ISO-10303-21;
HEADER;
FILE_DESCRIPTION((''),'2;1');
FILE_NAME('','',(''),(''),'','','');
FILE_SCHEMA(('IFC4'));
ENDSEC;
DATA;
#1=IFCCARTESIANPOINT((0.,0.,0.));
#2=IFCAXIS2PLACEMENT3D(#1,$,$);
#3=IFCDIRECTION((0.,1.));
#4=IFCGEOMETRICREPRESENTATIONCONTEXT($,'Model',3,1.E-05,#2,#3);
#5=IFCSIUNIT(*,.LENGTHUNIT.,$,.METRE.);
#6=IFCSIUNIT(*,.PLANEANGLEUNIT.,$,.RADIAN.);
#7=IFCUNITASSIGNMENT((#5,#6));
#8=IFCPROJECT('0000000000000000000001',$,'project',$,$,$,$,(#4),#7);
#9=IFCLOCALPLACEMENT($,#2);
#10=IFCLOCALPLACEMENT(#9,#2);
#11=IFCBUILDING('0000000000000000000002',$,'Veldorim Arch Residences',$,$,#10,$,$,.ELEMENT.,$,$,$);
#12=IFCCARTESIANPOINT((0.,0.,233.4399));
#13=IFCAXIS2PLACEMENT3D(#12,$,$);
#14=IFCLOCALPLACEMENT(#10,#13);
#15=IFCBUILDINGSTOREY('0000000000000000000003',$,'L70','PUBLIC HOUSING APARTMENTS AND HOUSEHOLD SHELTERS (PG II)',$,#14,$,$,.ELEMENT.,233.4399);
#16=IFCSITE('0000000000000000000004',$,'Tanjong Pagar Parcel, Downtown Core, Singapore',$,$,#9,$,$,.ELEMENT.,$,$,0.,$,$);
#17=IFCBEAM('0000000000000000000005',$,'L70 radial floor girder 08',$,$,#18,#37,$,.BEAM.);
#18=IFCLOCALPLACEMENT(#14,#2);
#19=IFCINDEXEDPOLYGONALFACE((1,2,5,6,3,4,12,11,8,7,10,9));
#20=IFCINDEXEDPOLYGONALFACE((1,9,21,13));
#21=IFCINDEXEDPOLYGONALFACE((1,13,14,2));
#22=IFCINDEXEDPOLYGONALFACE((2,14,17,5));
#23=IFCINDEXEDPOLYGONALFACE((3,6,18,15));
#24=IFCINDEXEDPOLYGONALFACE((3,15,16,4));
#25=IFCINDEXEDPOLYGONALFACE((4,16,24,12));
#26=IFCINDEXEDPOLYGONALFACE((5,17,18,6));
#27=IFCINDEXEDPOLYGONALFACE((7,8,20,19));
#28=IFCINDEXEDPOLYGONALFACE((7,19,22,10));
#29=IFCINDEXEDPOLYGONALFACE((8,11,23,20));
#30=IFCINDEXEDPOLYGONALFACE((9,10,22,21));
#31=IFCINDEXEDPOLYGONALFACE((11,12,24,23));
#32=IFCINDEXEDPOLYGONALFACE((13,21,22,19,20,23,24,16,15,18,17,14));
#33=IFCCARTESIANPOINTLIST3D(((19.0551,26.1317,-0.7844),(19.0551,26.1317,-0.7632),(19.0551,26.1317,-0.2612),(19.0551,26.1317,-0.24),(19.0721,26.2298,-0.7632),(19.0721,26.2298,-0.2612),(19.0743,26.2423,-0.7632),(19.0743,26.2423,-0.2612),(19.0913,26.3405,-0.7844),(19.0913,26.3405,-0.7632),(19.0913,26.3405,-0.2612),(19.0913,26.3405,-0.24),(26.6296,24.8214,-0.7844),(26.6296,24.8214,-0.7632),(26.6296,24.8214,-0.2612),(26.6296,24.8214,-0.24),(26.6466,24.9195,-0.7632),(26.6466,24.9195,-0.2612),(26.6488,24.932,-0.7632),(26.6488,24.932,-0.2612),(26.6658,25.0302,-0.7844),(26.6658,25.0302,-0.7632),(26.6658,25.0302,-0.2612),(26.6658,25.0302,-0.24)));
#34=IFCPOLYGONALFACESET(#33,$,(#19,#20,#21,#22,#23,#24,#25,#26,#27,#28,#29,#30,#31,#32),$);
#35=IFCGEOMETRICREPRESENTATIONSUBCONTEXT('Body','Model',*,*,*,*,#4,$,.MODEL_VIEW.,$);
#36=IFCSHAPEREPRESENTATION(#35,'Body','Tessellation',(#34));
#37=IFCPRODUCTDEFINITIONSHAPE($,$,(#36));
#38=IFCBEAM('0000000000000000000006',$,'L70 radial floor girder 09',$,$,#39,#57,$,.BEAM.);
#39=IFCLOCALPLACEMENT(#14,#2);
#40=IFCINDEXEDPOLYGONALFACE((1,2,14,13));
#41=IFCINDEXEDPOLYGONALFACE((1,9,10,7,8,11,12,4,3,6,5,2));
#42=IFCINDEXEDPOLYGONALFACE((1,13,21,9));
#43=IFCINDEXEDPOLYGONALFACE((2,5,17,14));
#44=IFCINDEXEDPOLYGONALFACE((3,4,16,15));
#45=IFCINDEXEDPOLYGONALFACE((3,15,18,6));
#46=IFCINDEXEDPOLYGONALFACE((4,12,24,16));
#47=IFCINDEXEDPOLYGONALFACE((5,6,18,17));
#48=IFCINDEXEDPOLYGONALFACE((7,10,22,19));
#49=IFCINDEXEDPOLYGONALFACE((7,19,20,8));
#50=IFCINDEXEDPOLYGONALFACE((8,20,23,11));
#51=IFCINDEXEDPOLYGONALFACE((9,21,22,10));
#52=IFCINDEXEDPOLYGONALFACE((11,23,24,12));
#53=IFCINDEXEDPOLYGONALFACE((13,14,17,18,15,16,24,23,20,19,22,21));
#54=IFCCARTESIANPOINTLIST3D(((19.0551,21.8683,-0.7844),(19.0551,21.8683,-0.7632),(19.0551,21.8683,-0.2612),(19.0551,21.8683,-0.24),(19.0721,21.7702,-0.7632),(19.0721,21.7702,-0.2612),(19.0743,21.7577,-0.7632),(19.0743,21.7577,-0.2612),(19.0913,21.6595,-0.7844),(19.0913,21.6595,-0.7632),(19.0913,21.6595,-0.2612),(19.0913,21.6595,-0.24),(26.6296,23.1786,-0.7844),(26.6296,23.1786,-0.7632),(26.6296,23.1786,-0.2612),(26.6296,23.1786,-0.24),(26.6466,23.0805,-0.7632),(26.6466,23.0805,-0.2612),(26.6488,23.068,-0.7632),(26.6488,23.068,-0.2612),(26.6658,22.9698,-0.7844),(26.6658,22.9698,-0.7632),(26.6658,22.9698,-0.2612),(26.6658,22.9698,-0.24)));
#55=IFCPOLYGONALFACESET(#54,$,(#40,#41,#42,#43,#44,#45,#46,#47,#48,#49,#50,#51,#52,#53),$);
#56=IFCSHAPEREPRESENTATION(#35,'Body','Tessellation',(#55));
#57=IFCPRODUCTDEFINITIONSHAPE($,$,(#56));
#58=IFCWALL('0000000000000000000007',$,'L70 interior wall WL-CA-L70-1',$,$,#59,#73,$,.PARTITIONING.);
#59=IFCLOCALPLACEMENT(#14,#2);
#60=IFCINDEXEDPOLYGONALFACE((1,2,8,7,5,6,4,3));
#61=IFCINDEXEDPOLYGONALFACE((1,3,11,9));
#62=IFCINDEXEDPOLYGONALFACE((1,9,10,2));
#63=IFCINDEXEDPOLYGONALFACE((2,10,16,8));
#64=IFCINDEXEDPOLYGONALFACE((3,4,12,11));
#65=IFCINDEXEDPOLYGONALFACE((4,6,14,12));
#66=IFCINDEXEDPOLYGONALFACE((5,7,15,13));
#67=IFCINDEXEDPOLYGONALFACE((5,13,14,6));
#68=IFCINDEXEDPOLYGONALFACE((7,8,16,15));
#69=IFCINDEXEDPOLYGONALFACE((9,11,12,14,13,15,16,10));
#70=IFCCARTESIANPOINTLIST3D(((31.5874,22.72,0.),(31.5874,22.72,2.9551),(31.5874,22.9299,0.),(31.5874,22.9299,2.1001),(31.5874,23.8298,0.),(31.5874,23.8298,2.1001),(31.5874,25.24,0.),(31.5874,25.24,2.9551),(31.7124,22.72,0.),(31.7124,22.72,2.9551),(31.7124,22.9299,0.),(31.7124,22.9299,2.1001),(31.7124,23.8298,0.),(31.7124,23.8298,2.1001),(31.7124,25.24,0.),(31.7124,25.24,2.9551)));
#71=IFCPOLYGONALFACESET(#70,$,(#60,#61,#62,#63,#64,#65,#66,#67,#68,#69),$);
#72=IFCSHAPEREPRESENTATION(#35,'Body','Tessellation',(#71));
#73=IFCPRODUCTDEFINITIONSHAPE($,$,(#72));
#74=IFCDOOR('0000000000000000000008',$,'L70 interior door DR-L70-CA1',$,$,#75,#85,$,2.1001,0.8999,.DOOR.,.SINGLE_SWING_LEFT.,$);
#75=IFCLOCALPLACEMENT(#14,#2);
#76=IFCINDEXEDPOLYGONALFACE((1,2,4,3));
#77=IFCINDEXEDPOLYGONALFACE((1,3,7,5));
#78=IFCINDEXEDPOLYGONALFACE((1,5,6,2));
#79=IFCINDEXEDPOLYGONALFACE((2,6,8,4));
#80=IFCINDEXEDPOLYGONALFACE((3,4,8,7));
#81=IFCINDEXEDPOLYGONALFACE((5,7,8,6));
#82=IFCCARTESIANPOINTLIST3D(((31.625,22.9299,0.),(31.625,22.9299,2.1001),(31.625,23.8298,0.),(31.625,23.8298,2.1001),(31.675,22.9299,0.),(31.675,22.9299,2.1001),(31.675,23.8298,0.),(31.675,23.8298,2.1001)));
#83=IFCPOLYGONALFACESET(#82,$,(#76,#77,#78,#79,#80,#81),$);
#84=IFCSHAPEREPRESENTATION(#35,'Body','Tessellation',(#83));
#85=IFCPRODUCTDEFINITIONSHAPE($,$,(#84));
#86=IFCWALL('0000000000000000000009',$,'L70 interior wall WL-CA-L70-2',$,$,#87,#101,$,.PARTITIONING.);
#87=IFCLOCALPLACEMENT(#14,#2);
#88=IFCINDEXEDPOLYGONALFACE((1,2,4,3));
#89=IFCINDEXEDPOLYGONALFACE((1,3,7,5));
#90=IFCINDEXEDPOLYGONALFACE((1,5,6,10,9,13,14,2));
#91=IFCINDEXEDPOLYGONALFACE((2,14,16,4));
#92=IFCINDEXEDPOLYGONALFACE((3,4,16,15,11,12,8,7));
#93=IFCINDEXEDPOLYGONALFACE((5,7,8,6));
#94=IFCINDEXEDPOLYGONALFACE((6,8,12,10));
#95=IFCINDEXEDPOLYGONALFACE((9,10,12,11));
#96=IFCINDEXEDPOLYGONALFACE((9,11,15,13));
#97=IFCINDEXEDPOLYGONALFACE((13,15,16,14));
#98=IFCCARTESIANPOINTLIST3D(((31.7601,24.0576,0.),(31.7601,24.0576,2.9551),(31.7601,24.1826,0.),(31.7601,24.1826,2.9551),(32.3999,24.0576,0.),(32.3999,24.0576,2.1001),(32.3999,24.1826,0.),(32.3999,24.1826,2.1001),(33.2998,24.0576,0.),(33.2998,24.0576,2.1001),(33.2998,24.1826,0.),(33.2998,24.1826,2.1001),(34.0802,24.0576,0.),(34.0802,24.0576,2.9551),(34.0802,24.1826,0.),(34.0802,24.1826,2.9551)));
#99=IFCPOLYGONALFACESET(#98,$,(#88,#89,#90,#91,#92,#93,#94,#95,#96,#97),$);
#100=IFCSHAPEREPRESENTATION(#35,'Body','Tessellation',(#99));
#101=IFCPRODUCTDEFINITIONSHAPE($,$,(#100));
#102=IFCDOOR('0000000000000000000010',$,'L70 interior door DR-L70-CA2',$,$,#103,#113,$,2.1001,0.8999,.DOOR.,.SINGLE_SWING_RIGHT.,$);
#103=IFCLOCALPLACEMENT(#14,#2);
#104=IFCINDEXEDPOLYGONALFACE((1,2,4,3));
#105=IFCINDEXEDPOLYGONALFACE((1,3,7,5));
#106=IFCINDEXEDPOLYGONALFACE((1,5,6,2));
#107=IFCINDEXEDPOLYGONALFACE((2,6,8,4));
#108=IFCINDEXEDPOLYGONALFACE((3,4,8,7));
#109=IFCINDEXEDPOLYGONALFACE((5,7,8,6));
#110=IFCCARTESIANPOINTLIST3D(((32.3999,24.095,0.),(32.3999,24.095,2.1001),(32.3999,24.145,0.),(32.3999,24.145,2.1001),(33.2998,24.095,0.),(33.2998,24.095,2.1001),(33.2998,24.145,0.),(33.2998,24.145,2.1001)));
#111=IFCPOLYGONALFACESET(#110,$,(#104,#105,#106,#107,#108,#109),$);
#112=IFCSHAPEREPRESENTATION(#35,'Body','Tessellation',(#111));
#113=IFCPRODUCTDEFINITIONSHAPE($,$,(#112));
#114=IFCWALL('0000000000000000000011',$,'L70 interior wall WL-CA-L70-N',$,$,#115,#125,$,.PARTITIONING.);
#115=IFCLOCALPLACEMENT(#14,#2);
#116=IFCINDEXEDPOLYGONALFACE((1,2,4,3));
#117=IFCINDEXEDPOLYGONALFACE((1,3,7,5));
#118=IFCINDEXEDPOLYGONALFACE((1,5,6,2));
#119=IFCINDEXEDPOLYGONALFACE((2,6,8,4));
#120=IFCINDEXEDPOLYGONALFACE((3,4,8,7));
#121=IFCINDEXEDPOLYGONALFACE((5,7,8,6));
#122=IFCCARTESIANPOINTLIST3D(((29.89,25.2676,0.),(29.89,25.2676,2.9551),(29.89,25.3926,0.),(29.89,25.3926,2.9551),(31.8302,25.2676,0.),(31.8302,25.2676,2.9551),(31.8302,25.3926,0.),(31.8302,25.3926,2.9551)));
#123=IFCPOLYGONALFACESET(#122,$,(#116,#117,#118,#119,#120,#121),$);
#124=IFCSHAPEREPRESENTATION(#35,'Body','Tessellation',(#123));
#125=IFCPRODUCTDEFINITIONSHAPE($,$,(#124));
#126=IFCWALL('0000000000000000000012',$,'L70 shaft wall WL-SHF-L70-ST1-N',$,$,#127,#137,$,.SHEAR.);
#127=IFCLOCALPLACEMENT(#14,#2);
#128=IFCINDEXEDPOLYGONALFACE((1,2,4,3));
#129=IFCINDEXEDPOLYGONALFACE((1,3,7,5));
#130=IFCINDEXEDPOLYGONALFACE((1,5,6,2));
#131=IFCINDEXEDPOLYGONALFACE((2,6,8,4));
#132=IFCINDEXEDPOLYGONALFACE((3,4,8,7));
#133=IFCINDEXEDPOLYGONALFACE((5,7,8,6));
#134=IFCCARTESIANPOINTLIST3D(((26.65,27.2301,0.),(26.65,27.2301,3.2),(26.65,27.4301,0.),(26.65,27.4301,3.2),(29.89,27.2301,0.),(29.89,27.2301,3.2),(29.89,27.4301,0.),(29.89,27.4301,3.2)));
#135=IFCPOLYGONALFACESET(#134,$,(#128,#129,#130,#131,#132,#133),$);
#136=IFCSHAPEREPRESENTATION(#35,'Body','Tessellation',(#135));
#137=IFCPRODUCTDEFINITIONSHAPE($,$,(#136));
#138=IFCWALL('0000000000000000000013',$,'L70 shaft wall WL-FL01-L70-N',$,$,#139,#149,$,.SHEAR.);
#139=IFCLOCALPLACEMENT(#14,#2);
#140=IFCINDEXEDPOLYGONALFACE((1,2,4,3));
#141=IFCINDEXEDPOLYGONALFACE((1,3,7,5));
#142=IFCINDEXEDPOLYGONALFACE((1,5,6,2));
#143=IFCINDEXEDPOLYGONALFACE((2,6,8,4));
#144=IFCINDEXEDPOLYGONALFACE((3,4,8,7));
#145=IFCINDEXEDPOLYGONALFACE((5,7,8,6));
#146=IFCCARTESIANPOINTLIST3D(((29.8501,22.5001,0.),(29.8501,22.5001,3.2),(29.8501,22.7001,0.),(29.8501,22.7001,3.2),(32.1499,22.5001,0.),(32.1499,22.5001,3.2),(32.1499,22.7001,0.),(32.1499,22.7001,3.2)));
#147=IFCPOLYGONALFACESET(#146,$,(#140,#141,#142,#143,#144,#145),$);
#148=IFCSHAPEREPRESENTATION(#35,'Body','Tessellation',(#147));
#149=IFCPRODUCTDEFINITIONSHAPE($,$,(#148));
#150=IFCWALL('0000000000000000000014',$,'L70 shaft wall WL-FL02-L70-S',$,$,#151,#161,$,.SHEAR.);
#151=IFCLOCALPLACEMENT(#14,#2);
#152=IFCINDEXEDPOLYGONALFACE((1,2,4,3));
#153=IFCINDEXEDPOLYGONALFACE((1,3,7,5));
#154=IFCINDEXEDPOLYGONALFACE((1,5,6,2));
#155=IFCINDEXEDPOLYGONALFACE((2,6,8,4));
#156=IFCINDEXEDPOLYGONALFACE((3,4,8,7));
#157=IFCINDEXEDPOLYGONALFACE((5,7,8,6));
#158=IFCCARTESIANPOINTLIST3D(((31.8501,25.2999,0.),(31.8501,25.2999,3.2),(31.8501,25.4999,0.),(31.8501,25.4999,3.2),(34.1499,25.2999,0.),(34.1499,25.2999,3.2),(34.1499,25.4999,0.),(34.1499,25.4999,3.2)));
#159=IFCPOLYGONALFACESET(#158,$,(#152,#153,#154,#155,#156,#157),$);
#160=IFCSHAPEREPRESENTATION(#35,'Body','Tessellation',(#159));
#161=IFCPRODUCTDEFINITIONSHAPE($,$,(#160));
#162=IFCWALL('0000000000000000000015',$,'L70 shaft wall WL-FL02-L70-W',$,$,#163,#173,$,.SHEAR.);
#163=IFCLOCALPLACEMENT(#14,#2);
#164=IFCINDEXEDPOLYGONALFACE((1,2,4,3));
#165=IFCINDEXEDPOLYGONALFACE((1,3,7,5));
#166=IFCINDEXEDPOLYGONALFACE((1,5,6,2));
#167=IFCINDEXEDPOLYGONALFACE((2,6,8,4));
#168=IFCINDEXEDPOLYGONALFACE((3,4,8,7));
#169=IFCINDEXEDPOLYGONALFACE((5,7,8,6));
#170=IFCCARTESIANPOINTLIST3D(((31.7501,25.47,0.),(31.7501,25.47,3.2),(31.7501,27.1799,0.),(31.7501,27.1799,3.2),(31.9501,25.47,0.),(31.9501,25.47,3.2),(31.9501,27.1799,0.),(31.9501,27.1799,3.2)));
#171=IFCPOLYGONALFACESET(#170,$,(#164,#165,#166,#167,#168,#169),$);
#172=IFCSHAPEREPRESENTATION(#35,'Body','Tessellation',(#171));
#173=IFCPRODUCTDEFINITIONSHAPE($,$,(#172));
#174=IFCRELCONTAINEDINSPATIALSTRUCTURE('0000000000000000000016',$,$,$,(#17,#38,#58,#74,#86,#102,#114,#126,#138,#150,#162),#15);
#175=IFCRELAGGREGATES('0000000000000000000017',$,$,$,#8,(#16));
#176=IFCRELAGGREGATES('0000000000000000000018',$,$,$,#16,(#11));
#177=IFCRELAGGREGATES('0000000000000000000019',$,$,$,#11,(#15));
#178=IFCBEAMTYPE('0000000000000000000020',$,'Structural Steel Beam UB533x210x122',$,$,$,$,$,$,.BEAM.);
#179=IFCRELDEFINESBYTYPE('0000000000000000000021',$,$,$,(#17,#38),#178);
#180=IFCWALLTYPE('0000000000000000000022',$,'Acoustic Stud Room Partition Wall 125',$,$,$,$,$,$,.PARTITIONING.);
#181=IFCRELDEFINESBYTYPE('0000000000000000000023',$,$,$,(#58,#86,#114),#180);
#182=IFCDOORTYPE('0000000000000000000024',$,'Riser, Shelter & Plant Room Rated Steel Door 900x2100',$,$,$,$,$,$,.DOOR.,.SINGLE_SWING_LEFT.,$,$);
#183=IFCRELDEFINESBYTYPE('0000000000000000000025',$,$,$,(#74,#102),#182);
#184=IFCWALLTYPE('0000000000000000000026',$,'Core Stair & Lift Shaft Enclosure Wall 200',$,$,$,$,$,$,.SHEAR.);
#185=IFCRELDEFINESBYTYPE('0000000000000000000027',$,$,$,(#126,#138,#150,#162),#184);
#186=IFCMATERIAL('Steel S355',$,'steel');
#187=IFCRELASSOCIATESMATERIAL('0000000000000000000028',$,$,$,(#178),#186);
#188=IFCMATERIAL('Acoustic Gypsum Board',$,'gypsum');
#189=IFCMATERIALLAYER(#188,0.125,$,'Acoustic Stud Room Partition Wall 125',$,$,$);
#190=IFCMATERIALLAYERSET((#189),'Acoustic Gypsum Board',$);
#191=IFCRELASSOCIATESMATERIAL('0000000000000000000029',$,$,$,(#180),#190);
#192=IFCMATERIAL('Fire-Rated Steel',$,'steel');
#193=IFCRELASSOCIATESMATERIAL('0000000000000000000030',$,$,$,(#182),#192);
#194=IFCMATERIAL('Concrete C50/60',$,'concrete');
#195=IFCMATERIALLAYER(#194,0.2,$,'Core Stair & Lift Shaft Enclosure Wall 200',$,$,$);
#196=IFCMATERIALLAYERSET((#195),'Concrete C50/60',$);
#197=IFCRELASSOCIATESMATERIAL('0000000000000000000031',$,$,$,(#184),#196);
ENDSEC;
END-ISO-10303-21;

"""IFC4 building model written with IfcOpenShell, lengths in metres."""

from ifc_helpers import new_model, si_unit, direction, frame, frame_2d, origin, origin_2d, place, context, subcontext, project, spatial, rectangle, i_section, extrude, material, layer, layer_set, material_profile, profile_set, type_object, element, fill, save


model = new_model("IFC4")

# Units and contexts
model_context = context("Model", 3, precision=1e-05, world=origin(), true_north=direction((0.0, 1.0)))
body_context = subcontext(model_context, "Body", "Model", "MODEL_VIEW")
ifc_project = project(units=[si_unit("LENGTHUNIT", "METRE"), si_unit("PLANEANGLEUNIT", "RADIAN")], contexts=[model_context])

# Site, building, storey
site_placement = place(None, origin())
site = spatial("IfcSite", under=ifc_project, at=site_placement, Name="Tanjong Pagar Parcel, Downtown Core, Singapore", CompositionType="ELEMENT", RefElevation=0.0)
building_placement = place(site_placement, origin())
building = spatial("IfcBuilding", under=site, at=building_placement, Name="Veldorim Arch Residences", CompositionType="ELEMENT")
storey_placement = place(building_placement, frame((0.0, 0.0, 233.4399)))
storey = spatial("IfcBuildingStorey", under=building, at=storey_placement, Name="L70", Description="PUBLIC HOUSING APARTMENTS AND HOUSEHOLD SHELTERS (PG II)", CompositionType="ELEMENT", Elevation=233.4399)

# Beams
ifc_material_1 = material(Name="Steel S355", Category="steel")
ifc_material_profile = material_profile(ifc_material_1, i_section(OverallWidth=0.2119, OverallDepth=0.5444, WebThickness=0.0127, FlangeThickness=0.0212, at=origin_2d()), Name="UB533x210x122")
ifc_profile_set = profile_set([ifc_material_profile], Name="Steel S355")
beam_type = type_object("IfcBeamType", Name="Structural Steel Beam UB533x210x122", PredefinedType="BEAM", material=ifc_profile_set)
for number, where, z_axis, x_axis, name in (
    (1, (26.6477, 24.9258, -0.5122), (-0.985365, 0.170458, 0.0), (-0.170458, -0.985365, 0.0), "L70 radial floor girder 08"),
    (2, (26.6477, 23.0742, -0.5122), (-0.985365, -0.170458, 0.0), (0.170458, -0.985365, 0.0), "L70 radial floor girder 09"),
):
    element("IfcBeam", number, at=place(storey_placement, frame(where, z_axis=z_axis, x_axis=x_axis)), inside=storey, type_object=beam_type, Name=name, PredefinedType="BEAM", context=body_context, shape_type="SweptSolid", body=[
        extrude(i_section(OverallWidth=0.2119, OverallDepth=0.5444, WebThickness=0.0127, FlangeThickness=0.0212, at=origin_2d()), origin(), (0.0, 0.0, 1.0), 7.687),
    ])

# Walls, openings, doors
ifc_material_2 = material(Name="Acoustic Gypsum Board", Category="gypsum")
ifc_layer_1 = layer(ifc_material_2, 0.125, Name="Acoustic Stud Room Partition Wall 125")
ifc_layer_set_1 = layer_set([ifc_layer_1], Name="Acoustic Gypsum Board")
wall_type_1 = type_object("IfcWallType", Name="Acoustic Stud Room Partition Wall 125", PredefinedType="PARTITIONING", material=ifc_layer_set_1)
wall_1_placement = place(storey_placement, frame((31.6499, 22.72, 0.0), z_axis=(0.0, 0.0, 1.0), x_axis=(0.0, 1.0, 0.0)))
wall_1 = element("IfcWall", 3, at=wall_1_placement, inside=storey, type_object=wall_type_1, Name="L70 interior wall WL-CA-L70-1", PredefinedType="PARTITIONING", context=body_context, shape_type="SweptSolid", body=[
    extrude(rectangle(XDim=2.52, YDim=0.125, at=frame_2d((1.26, 0.0))), origin(), (0.0, 0.0, 1.0), 2.9551),
])
opening_1_placement = place(wall_1_placement, frame((0.21, 0.0, 0.0)))
opening_1 = element("IfcOpeningElement", 4, at=opening_1_placement, cuts=wall_1, PredefinedType="OPENING", context=body_context, shape_type="SweptSolid", body=[
    extrude(rectangle(XDim=0.8999, YDim=2.1001, at=frame_2d((0.45, 1.05))), frame((0.0, 0.0725, 0.0), z_axis=(0.0, -1.0, 0.0), x_axis=(1.0, 0.0, 0.0)), (0.0, 0.0, 1.0), 0.145),
])
ifc_material_3 = material(Name="Fire-Rated Steel", Category="steel")
door_type_1 = type_object("IfcDoorType", Name="Riser, Shelter & Plant Room Rated Steel Door 900x2100", OperationType="SINGLE_SWING_LEFT", PredefinedType="DOOR", material=ifc_material_3)
door_1_placement = place(opening_1_placement, origin())
door_1 = element("IfcDoor", 5, at=door_1_placement, inside=storey, type_object=door_type_1, Name="L70 interior door DR-L70-CA1", OperationType="SINGLE_SWING_LEFT", OverallHeight=2.1001, OverallWidth=0.8999, PredefinedType="DOOR", context=body_context, shape_type="SweptSolid", body=[
    extrude(rectangle(XDim=0.8999, YDim=2.1001, at=frame_2d((0.45, 1.05))), frame((0.0, 0.0249, 0.0), z_axis=(0.0, -1.0, 0.0), x_axis=(1.0, 0.0, 0.0)), (0.0, 0.0, 1.0), 0.05),
])
fill(opening_1, door_1)
wall_2_placement = place(storey_placement, frame((31.76, 24.1201, 0.0), z_axis=(0.0, 0.0, 1.0), x_axis=(1.0, 0.0, 0.0)))
wall_2 = element("IfcWall", 6, at=wall_2_placement, inside=storey, type_object=wall_type_1, Name="L70 interior wall WL-CA-L70-2", PredefinedType="PARTITIONING", context=body_context, shape_type="SweptSolid", body=[
    extrude(rectangle(XDim=2.3201, YDim=0.125, at=frame_2d((1.1602, 0.0))), origin(), (0.0, 0.0, 1.0), 2.9551),
])
opening_2_placement = place(wall_2_placement, frame((0.6399, 0.0, 0.0)))
opening_2 = element("IfcOpeningElement", 7, at=opening_2_placement, cuts=wall_2, PredefinedType="OPENING", context=body_context, shape_type="SweptSolid", body=[
    extrude(rectangle(XDim=0.8999, YDim=2.1001, at=frame_2d((0.45, 1.05))), frame((0.0, 0.0725, 0.0), z_axis=(0.0, -1.0, 0.0), x_axis=(1.0, 0.0, 0.0)), (0.0, 0.0, 1.0), 0.145),
])
door_2_placement = place(opening_2_placement, origin())
door_2 = element("IfcDoor", 8, at=door_2_placement, inside=storey, type_object=door_type_1, Name="L70 interior door DR-L70-CA2", OperationType="SINGLE_SWING_RIGHT", OverallHeight=2.1001, OverallWidth=0.8999, PredefinedType="DOOR", context=body_context, shape_type="SweptSolid", body=[
    extrude(rectangle(XDim=0.8999, YDim=2.1001, at=frame_2d((0.45, 1.05))), frame((0.0, 0.0249, 0.0), z_axis=(0.0, -1.0, 0.0), x_axis=(1.0, 0.0, 0.0)), (0.0, 0.0, 1.0), 0.05),
])
fill(opening_2, door_2)

# Walls
wall_3_placement = place(storey_placement, frame((29.8899, 25.3301, 0.0), z_axis=(0.0, 0.0, 1.0), x_axis=(1.0, 0.0, 0.0)))
element("IfcWall", 9, at=wall_3_placement, inside=storey, type_object=wall_type_1, Name="L70 interior wall WL-CA-L70-N", PredefinedType="PARTITIONING", context=body_context, shape_type="SweptSolid", body=[
    extrude(rectangle(XDim=1.9402, YDim=0.125, at=frame_2d((0.9702, 0.0))), origin(), (0.0, 0.0, 1.0), 2.9551),
])
ifc_material_4 = material(Name="Concrete C50/60", Category="concrete")
ifc_layer_2 = layer(ifc_material_4, 0.2, Name="Core Stair & Lift Shaft Enclosure Wall 200")
ifc_layer_set_2 = layer_set([ifc_layer_2], Name="Concrete C50/60")
wall_type_2 = type_object("IfcWallType", Name="Core Stair & Lift Shaft Enclosure Wall 200", PredefinedType="SHEAR", material=ifc_layer_set_2)
wall_4_placement = place(storey_placement, frame((26.6499, 27.3301, 0.0), z_axis=(0.0, 0.0, 1.0), x_axis=(1.0, 0.0, 0.0)))
element("IfcWall", 10, at=wall_4_placement, inside=storey, type_object=wall_type_2, Name="L70 shaft wall WL-SHF-L70-ST1-N", PredefinedType="SHEAR", context=body_context, shape_type="SweptSolid", body=[
    extrude(rectangle(XDim=3.24, YDim=0.2, at=frame_2d((1.6201, 0.0))), origin(), (0.0, 0.0, 1.0), 3.2),
])
wall_5_placement = place(storey_placement, frame((29.8501, 22.6001, 0.0), z_axis=(0.0, 0.0, 1.0), x_axis=(1.0, 0.0, 0.0)))
element("IfcWall", 11, at=wall_5_placement, inside=storey, type_object=wall_type_2, Name="L70 shaft wall WL-FL01-L70-N", PredefinedType="SHEAR", context=body_context, shape_type="SweptSolid", body=[
    extrude(rectangle(XDim=2.2998, YDim=0.2, at=frame_2d((1.1499, 0.0))), origin(), (0.0, 0.0, 1.0), 3.2),
])

# Walls
wall_6_placement = place(storey_placement, frame((31.8501, 25.3999, 0.0), z_axis=(0.0, 0.0, 1.0), x_axis=(1.0, 0.0, 0.0)))
element("IfcWall", 12, at=wall_6_placement, inside=storey, type_object=wall_type_2, Name="L70 shaft wall WL-FL02-L70-S", PredefinedType="SHEAR", context=body_context, shape_type="SweptSolid", body=[
    extrude(rectangle(XDim=2.2998, YDim=0.2, at=frame_2d((1.1499, 0.0))), origin(), (0.0, 0.0, 1.0), 3.2),
])
wall_7_placement = place(storey_placement, frame((31.8501, 25.47, 0.0), z_axis=(0.0, 0.0, 1.0), x_axis=(0.0, 1.0, 0.0)))
element("IfcWall", 13, at=wall_7_placement, inside=storey, type_object=wall_type_2, Name="L70 shaft wall WL-FL02-L70-W", PredefinedType="SHEAR", context=body_context, shape_type="SweptSolid", body=[
    extrude(rectangle(XDim=1.71, YDim=0.2, at=frame_2d((0.855, 0.0))), origin(), (0.0, 0.0, 1.0), 3.2),
])

save(model, "model.ifc")
